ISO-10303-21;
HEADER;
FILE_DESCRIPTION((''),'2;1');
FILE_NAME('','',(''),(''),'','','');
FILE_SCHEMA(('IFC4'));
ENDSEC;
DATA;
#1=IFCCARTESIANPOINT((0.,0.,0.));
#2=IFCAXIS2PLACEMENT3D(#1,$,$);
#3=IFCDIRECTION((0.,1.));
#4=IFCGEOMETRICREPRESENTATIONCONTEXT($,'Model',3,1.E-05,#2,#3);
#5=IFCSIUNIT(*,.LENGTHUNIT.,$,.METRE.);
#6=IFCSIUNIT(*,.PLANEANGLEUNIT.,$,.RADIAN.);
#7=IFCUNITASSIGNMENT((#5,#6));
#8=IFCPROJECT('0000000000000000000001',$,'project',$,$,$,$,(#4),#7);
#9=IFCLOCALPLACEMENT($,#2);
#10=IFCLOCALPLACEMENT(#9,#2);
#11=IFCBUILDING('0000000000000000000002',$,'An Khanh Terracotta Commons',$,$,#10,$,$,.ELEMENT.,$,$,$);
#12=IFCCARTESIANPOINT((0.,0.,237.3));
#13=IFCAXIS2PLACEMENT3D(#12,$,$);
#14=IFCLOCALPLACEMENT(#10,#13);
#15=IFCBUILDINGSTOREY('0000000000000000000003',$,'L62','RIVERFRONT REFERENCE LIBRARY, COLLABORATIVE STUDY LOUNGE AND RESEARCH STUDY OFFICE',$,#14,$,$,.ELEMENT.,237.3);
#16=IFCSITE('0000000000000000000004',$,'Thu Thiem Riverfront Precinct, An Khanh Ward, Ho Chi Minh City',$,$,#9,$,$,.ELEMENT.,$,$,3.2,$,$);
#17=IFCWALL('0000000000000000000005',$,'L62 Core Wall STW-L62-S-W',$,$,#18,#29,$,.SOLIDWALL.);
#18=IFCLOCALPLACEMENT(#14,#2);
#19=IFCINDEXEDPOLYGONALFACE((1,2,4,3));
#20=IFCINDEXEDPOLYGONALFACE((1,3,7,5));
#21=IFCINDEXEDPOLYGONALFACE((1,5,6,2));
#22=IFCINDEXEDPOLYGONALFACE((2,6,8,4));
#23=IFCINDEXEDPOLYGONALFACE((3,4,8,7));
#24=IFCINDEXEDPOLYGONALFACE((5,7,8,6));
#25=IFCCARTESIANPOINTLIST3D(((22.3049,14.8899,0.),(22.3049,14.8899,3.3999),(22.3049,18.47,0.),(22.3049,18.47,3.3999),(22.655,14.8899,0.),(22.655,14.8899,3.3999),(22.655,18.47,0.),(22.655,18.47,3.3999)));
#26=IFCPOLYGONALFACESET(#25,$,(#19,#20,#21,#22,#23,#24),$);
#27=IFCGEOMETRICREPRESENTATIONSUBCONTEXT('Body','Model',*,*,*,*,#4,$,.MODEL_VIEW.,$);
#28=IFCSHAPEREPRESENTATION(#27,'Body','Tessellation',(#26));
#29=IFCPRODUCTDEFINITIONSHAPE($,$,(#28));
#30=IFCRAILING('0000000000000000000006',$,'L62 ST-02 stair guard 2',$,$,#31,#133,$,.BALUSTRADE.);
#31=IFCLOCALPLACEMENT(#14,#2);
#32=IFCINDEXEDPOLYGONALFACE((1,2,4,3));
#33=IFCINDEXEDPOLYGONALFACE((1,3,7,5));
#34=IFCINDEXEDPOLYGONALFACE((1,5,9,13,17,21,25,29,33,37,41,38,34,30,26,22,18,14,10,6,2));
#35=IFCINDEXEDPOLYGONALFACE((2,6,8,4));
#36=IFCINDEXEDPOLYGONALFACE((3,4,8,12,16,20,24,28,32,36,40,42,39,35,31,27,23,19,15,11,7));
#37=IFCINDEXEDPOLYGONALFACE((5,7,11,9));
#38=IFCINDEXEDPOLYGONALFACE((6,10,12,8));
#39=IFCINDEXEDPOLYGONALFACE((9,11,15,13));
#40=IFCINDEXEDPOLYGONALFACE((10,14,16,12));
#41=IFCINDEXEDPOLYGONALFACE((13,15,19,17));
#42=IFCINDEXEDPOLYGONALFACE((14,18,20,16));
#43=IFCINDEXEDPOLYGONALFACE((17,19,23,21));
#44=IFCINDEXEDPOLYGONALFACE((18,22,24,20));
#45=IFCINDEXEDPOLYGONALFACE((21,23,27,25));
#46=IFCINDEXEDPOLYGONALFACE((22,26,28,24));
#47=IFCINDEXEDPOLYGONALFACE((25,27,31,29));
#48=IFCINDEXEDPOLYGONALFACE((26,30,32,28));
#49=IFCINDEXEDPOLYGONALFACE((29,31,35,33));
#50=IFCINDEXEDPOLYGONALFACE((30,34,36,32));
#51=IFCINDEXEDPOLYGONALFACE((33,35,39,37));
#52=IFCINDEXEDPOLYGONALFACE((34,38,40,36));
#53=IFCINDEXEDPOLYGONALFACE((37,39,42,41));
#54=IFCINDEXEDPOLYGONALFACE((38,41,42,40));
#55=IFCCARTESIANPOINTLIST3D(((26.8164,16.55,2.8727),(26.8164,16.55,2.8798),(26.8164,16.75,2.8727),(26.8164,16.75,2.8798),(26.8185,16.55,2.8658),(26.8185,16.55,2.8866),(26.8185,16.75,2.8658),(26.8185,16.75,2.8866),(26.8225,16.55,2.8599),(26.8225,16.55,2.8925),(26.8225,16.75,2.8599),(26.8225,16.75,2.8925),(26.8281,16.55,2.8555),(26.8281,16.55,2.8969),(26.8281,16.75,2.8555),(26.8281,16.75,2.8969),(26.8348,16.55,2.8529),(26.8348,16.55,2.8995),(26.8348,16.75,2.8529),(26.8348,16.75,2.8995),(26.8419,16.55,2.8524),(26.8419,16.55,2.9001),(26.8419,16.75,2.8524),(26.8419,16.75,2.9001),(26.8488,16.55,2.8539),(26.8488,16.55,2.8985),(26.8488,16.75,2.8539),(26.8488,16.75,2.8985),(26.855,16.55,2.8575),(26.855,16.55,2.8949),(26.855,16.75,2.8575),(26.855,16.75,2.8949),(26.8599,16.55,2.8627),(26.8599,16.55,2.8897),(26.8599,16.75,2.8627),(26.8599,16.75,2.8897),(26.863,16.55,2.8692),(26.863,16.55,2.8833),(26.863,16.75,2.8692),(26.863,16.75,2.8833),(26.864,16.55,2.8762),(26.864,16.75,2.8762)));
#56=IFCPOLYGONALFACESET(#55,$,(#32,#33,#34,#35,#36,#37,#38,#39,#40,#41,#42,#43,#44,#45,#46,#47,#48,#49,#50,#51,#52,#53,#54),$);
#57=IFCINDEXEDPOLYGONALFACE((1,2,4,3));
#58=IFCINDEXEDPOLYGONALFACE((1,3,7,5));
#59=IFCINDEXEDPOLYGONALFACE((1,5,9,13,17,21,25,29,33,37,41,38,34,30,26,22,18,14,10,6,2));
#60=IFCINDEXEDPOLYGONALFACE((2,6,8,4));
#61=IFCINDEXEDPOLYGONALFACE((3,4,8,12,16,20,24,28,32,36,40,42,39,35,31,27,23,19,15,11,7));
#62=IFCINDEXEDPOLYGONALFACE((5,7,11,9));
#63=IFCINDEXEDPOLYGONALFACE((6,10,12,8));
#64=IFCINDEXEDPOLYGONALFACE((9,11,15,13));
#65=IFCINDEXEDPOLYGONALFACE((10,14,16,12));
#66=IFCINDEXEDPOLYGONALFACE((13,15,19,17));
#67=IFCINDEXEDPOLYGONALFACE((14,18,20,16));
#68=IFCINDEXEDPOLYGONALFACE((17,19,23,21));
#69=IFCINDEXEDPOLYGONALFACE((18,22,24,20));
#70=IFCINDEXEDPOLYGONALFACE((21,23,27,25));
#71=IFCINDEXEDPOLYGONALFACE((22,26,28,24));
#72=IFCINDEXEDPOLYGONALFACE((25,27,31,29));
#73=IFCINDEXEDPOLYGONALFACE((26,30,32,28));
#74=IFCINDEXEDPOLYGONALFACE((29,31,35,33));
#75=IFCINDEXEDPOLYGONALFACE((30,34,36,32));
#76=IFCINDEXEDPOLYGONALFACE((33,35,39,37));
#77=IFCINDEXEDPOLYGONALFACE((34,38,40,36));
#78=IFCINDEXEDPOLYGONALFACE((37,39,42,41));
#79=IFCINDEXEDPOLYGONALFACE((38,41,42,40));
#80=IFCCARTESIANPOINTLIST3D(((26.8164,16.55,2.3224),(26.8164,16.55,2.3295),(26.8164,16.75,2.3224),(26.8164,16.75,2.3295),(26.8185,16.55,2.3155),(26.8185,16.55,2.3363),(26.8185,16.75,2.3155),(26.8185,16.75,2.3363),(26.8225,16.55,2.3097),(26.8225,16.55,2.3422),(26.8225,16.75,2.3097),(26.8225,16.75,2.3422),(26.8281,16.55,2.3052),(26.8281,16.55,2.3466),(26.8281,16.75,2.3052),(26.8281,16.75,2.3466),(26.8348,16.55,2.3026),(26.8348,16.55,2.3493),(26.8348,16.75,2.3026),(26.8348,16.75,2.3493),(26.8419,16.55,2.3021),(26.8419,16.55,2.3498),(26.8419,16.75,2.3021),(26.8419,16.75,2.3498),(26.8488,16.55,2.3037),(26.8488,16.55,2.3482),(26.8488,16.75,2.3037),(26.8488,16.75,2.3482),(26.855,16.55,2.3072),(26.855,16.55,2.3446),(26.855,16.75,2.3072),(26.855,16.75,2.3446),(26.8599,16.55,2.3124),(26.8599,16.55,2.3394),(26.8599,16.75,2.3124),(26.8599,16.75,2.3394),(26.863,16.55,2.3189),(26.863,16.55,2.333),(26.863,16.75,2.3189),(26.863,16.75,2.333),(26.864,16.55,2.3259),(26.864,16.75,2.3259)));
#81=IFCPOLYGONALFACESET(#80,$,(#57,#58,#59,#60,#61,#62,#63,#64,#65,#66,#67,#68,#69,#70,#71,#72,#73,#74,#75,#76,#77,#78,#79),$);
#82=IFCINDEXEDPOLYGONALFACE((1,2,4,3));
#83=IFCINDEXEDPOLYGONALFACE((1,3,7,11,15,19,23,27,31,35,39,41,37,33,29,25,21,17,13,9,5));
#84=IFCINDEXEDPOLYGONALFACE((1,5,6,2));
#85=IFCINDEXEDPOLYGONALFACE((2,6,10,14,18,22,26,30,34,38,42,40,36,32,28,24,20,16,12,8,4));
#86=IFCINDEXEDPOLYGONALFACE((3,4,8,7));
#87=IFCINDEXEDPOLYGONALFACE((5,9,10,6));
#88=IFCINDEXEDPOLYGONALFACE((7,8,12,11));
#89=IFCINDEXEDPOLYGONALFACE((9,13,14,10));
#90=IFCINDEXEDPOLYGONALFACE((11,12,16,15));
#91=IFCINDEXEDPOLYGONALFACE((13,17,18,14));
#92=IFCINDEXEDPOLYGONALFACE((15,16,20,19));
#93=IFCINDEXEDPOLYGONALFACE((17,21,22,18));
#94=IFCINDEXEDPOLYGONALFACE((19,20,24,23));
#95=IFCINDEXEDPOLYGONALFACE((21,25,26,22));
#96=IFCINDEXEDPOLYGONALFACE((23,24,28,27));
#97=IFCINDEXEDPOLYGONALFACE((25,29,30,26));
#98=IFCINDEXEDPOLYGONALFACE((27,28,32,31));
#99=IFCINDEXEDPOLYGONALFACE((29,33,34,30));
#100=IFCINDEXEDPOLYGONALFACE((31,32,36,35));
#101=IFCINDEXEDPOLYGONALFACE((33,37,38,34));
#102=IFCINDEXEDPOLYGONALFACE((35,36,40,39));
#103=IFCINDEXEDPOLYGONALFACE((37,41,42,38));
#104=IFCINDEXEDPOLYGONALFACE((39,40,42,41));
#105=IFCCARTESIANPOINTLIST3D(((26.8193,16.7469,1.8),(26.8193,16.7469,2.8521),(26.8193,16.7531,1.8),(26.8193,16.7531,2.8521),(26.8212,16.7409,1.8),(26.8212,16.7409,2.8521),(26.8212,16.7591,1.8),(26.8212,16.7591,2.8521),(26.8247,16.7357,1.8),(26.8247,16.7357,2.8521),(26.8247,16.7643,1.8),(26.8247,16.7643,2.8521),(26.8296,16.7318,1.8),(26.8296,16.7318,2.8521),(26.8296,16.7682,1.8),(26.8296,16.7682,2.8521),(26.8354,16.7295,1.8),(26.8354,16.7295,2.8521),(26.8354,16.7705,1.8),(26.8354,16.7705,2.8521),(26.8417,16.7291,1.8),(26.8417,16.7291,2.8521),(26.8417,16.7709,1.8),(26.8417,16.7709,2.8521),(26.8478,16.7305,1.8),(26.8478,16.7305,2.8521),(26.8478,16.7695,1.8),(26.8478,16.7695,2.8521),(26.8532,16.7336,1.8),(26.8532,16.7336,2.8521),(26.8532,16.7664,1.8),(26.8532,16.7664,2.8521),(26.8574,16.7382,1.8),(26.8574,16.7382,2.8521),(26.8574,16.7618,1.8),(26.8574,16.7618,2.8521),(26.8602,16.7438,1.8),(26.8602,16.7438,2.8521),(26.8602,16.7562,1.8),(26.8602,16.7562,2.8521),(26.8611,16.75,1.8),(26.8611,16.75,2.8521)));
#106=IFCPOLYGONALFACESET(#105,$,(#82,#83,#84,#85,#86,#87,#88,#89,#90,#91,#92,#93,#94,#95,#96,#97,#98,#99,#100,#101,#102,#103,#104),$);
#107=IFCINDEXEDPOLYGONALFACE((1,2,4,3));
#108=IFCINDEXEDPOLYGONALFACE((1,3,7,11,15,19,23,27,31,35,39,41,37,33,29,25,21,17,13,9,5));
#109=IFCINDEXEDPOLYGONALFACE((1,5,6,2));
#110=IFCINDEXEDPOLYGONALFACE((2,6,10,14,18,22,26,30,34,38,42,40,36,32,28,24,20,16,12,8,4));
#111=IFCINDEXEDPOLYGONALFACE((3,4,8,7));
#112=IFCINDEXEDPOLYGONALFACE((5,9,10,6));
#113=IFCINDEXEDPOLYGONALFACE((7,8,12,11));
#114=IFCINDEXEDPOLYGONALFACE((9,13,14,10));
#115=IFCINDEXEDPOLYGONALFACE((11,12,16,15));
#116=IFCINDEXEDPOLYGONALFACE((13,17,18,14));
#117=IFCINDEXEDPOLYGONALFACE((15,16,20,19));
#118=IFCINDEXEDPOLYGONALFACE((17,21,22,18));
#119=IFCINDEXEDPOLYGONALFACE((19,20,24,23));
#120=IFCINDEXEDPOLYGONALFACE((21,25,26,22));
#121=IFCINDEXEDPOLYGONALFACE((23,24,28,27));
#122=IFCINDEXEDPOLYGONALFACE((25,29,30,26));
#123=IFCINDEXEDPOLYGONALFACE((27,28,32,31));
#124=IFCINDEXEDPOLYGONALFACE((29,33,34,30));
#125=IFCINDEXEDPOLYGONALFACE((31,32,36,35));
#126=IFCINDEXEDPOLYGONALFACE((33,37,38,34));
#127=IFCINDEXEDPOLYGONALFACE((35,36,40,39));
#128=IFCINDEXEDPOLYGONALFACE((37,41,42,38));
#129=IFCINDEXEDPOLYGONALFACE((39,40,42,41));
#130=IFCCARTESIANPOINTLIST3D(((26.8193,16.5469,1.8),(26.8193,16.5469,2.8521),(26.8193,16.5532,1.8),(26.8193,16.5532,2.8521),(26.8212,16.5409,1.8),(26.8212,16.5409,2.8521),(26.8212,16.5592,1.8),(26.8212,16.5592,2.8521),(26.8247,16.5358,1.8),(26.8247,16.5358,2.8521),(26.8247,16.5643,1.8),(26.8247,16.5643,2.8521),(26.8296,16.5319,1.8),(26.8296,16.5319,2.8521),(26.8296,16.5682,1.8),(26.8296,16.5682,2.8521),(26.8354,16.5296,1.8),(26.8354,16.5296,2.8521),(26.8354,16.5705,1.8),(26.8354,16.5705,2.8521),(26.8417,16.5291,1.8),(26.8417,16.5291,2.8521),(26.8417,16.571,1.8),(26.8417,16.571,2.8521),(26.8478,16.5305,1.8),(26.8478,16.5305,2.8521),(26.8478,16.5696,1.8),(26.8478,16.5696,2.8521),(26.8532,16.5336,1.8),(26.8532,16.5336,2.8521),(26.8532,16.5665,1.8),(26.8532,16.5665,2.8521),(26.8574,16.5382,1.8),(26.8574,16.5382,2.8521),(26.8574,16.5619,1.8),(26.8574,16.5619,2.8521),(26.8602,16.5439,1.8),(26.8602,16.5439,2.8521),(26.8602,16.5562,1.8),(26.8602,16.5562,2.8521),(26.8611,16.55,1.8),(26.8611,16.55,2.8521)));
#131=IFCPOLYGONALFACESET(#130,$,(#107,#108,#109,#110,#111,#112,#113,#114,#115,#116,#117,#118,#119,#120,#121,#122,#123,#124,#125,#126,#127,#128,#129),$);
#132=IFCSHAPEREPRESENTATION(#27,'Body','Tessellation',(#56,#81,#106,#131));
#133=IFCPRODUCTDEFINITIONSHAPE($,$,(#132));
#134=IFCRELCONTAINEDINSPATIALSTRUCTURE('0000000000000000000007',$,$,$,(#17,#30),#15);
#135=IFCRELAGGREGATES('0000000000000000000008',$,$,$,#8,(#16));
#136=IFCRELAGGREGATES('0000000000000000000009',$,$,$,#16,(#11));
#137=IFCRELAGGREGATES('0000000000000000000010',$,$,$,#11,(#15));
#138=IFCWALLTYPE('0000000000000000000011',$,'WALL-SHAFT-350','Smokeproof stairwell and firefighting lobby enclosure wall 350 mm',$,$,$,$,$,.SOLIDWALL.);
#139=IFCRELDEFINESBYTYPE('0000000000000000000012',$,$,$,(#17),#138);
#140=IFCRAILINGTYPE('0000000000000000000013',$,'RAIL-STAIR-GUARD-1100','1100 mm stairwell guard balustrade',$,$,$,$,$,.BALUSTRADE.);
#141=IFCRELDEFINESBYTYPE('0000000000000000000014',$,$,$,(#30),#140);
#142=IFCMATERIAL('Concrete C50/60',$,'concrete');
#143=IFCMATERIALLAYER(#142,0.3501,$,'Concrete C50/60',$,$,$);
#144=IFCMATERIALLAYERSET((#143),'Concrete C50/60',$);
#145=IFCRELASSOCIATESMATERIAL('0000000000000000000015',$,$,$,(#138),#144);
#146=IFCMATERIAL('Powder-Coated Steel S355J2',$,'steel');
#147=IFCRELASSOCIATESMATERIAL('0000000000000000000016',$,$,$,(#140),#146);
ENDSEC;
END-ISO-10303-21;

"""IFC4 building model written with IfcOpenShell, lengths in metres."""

from ifc_helpers import new_model, si_unit, direction, frame, frame_2d, origin, origin_2d, place, context, subcontext, project, spatial, rectangle, circle, extrude, material, layer, layer_set, type_object, element, save


model = new_model("IFC4")

# Units and contexts
model_context = context("Model", 3, precision=1e-05, world=origin(), true_north=direction((0.0, 1.0)))
body_context = subcontext(model_context, "Body", "Model", "MODEL_VIEW")
ifc_project = project(units=[si_unit("LENGTHUNIT", "METRE"), si_unit("PLANEANGLEUNIT", "RADIAN")], contexts=[model_context])

# Site, building, storey
site_placement = place(None, origin())
site = spatial("IfcSite", under=ifc_project, at=site_placement, Name="Thu Thiem Riverfront Precinct, An Khanh Ward, Ho Chi Minh City", CompositionType="ELEMENT", RefElevation=3.2)
building_placement = place(site_placement, origin())
building = spatial("IfcBuilding", under=site, at=building_placement, Name="An Khanh Terracotta Commons", CompositionType="ELEMENT")
storey_placement = place(building_placement, frame((0.0, 0.0, 237.3)))
storey = spatial("IfcBuildingStorey", under=building, at=storey_placement, Name="L62", Description="RIVERFRONT REFERENCE LIBRARY, COLLABORATIVE STUDY LOUNGE AND RESEARCH STUDY OFFICE", CompositionType="ELEMENT", Elevation=237.3)

# Shared definitions
ifc_material_1 = material(Name="Concrete C50/60", Category="concrete")

# Wall
ifc_layer_1 = layer(ifc_material_1, 0.3501, Name="Concrete C50/60")
ifc_layer_set_1 = layer_set([ifc_layer_1], Name="Concrete C50/60")
wall_type_1 = type_object("IfcWallType", Name="WALL-SHAFT-350", Description="Smokeproof stairwell and firefighting lobby enclosure wall 350 mm", PredefinedType="SOLIDWALL", material=ifc_layer_set_1)
wall_1_placement = place(storey_placement, frame((22.48, 14.8899, 0.0), z_axis=(0.0, 0.0, 1.0), x_axis=(0.0, 1.0, 0.0)))
element("IfcWall", 1, at=wall_1_placement, inside=storey, type_object=wall_type_1, Name="L62 Core Wall STW-L62-S-W", PredefinedType="SOLIDWALL", context=body_context, shape_type="SweptSolid", body=[
    extrude(rectangle(XDim=3.5801, YDim=0.3501, at=frame_2d((1.79, 0.0))), origin(), (0.0, 0.0, 1.0), 3.3999),
])

# Railing
ifc_material_2 = material(Name="Powder-Coated Steel S355J2", Category="steel")
railing_type_1 = type_object("IfcRailingType", Name="RAIL-STAIR-GUARD-1100", Description="1100 mm stairwell guard balustrade", PredefinedType="BALUSTRADE", material=ifc_material_2)
railing_1_placement = place(storey_placement, frame((26.8401, 16.75, 1.8)))
element("IfcRailing", 2, at=railing_1_placement, inside=storey, type_object=railing_type_1, Name="L62 ST-02 stair guard 2", PredefinedType="BALUSTRADE", context=body_context, shape_type="SweptSolid", body=[
    extrude(circle(Radius=0.0239, at=origin_2d()), frame((0.0, 0.0, 1.0762), z_axis=(0.0, -1.0, 0.0), x_axis=(1.0, 0.0, 0.0)), (0.0, 0.0, 1.0), 0.2),
    extrude(circle(Radius=0.0239, at=origin_2d()), frame((0.0, 0.0, 0.5259), z_axis=(0.0, -1.0, 0.0), x_axis=(1.0, 0.0, 0.0)), (0.0, 0.0, 1.0), 0.2),
    extrude(circle(Radius=0.021, at=origin_2d()), origin(), (0.0, 0.0, 1.0), 1.052),
    extrude(circle(Radius=0.021, at=origin_2d()), frame((0.0, -0.2, 0.0)), (0.0, 0.0, 1.0), 1.052),
])

save(model, "model.ifc")
